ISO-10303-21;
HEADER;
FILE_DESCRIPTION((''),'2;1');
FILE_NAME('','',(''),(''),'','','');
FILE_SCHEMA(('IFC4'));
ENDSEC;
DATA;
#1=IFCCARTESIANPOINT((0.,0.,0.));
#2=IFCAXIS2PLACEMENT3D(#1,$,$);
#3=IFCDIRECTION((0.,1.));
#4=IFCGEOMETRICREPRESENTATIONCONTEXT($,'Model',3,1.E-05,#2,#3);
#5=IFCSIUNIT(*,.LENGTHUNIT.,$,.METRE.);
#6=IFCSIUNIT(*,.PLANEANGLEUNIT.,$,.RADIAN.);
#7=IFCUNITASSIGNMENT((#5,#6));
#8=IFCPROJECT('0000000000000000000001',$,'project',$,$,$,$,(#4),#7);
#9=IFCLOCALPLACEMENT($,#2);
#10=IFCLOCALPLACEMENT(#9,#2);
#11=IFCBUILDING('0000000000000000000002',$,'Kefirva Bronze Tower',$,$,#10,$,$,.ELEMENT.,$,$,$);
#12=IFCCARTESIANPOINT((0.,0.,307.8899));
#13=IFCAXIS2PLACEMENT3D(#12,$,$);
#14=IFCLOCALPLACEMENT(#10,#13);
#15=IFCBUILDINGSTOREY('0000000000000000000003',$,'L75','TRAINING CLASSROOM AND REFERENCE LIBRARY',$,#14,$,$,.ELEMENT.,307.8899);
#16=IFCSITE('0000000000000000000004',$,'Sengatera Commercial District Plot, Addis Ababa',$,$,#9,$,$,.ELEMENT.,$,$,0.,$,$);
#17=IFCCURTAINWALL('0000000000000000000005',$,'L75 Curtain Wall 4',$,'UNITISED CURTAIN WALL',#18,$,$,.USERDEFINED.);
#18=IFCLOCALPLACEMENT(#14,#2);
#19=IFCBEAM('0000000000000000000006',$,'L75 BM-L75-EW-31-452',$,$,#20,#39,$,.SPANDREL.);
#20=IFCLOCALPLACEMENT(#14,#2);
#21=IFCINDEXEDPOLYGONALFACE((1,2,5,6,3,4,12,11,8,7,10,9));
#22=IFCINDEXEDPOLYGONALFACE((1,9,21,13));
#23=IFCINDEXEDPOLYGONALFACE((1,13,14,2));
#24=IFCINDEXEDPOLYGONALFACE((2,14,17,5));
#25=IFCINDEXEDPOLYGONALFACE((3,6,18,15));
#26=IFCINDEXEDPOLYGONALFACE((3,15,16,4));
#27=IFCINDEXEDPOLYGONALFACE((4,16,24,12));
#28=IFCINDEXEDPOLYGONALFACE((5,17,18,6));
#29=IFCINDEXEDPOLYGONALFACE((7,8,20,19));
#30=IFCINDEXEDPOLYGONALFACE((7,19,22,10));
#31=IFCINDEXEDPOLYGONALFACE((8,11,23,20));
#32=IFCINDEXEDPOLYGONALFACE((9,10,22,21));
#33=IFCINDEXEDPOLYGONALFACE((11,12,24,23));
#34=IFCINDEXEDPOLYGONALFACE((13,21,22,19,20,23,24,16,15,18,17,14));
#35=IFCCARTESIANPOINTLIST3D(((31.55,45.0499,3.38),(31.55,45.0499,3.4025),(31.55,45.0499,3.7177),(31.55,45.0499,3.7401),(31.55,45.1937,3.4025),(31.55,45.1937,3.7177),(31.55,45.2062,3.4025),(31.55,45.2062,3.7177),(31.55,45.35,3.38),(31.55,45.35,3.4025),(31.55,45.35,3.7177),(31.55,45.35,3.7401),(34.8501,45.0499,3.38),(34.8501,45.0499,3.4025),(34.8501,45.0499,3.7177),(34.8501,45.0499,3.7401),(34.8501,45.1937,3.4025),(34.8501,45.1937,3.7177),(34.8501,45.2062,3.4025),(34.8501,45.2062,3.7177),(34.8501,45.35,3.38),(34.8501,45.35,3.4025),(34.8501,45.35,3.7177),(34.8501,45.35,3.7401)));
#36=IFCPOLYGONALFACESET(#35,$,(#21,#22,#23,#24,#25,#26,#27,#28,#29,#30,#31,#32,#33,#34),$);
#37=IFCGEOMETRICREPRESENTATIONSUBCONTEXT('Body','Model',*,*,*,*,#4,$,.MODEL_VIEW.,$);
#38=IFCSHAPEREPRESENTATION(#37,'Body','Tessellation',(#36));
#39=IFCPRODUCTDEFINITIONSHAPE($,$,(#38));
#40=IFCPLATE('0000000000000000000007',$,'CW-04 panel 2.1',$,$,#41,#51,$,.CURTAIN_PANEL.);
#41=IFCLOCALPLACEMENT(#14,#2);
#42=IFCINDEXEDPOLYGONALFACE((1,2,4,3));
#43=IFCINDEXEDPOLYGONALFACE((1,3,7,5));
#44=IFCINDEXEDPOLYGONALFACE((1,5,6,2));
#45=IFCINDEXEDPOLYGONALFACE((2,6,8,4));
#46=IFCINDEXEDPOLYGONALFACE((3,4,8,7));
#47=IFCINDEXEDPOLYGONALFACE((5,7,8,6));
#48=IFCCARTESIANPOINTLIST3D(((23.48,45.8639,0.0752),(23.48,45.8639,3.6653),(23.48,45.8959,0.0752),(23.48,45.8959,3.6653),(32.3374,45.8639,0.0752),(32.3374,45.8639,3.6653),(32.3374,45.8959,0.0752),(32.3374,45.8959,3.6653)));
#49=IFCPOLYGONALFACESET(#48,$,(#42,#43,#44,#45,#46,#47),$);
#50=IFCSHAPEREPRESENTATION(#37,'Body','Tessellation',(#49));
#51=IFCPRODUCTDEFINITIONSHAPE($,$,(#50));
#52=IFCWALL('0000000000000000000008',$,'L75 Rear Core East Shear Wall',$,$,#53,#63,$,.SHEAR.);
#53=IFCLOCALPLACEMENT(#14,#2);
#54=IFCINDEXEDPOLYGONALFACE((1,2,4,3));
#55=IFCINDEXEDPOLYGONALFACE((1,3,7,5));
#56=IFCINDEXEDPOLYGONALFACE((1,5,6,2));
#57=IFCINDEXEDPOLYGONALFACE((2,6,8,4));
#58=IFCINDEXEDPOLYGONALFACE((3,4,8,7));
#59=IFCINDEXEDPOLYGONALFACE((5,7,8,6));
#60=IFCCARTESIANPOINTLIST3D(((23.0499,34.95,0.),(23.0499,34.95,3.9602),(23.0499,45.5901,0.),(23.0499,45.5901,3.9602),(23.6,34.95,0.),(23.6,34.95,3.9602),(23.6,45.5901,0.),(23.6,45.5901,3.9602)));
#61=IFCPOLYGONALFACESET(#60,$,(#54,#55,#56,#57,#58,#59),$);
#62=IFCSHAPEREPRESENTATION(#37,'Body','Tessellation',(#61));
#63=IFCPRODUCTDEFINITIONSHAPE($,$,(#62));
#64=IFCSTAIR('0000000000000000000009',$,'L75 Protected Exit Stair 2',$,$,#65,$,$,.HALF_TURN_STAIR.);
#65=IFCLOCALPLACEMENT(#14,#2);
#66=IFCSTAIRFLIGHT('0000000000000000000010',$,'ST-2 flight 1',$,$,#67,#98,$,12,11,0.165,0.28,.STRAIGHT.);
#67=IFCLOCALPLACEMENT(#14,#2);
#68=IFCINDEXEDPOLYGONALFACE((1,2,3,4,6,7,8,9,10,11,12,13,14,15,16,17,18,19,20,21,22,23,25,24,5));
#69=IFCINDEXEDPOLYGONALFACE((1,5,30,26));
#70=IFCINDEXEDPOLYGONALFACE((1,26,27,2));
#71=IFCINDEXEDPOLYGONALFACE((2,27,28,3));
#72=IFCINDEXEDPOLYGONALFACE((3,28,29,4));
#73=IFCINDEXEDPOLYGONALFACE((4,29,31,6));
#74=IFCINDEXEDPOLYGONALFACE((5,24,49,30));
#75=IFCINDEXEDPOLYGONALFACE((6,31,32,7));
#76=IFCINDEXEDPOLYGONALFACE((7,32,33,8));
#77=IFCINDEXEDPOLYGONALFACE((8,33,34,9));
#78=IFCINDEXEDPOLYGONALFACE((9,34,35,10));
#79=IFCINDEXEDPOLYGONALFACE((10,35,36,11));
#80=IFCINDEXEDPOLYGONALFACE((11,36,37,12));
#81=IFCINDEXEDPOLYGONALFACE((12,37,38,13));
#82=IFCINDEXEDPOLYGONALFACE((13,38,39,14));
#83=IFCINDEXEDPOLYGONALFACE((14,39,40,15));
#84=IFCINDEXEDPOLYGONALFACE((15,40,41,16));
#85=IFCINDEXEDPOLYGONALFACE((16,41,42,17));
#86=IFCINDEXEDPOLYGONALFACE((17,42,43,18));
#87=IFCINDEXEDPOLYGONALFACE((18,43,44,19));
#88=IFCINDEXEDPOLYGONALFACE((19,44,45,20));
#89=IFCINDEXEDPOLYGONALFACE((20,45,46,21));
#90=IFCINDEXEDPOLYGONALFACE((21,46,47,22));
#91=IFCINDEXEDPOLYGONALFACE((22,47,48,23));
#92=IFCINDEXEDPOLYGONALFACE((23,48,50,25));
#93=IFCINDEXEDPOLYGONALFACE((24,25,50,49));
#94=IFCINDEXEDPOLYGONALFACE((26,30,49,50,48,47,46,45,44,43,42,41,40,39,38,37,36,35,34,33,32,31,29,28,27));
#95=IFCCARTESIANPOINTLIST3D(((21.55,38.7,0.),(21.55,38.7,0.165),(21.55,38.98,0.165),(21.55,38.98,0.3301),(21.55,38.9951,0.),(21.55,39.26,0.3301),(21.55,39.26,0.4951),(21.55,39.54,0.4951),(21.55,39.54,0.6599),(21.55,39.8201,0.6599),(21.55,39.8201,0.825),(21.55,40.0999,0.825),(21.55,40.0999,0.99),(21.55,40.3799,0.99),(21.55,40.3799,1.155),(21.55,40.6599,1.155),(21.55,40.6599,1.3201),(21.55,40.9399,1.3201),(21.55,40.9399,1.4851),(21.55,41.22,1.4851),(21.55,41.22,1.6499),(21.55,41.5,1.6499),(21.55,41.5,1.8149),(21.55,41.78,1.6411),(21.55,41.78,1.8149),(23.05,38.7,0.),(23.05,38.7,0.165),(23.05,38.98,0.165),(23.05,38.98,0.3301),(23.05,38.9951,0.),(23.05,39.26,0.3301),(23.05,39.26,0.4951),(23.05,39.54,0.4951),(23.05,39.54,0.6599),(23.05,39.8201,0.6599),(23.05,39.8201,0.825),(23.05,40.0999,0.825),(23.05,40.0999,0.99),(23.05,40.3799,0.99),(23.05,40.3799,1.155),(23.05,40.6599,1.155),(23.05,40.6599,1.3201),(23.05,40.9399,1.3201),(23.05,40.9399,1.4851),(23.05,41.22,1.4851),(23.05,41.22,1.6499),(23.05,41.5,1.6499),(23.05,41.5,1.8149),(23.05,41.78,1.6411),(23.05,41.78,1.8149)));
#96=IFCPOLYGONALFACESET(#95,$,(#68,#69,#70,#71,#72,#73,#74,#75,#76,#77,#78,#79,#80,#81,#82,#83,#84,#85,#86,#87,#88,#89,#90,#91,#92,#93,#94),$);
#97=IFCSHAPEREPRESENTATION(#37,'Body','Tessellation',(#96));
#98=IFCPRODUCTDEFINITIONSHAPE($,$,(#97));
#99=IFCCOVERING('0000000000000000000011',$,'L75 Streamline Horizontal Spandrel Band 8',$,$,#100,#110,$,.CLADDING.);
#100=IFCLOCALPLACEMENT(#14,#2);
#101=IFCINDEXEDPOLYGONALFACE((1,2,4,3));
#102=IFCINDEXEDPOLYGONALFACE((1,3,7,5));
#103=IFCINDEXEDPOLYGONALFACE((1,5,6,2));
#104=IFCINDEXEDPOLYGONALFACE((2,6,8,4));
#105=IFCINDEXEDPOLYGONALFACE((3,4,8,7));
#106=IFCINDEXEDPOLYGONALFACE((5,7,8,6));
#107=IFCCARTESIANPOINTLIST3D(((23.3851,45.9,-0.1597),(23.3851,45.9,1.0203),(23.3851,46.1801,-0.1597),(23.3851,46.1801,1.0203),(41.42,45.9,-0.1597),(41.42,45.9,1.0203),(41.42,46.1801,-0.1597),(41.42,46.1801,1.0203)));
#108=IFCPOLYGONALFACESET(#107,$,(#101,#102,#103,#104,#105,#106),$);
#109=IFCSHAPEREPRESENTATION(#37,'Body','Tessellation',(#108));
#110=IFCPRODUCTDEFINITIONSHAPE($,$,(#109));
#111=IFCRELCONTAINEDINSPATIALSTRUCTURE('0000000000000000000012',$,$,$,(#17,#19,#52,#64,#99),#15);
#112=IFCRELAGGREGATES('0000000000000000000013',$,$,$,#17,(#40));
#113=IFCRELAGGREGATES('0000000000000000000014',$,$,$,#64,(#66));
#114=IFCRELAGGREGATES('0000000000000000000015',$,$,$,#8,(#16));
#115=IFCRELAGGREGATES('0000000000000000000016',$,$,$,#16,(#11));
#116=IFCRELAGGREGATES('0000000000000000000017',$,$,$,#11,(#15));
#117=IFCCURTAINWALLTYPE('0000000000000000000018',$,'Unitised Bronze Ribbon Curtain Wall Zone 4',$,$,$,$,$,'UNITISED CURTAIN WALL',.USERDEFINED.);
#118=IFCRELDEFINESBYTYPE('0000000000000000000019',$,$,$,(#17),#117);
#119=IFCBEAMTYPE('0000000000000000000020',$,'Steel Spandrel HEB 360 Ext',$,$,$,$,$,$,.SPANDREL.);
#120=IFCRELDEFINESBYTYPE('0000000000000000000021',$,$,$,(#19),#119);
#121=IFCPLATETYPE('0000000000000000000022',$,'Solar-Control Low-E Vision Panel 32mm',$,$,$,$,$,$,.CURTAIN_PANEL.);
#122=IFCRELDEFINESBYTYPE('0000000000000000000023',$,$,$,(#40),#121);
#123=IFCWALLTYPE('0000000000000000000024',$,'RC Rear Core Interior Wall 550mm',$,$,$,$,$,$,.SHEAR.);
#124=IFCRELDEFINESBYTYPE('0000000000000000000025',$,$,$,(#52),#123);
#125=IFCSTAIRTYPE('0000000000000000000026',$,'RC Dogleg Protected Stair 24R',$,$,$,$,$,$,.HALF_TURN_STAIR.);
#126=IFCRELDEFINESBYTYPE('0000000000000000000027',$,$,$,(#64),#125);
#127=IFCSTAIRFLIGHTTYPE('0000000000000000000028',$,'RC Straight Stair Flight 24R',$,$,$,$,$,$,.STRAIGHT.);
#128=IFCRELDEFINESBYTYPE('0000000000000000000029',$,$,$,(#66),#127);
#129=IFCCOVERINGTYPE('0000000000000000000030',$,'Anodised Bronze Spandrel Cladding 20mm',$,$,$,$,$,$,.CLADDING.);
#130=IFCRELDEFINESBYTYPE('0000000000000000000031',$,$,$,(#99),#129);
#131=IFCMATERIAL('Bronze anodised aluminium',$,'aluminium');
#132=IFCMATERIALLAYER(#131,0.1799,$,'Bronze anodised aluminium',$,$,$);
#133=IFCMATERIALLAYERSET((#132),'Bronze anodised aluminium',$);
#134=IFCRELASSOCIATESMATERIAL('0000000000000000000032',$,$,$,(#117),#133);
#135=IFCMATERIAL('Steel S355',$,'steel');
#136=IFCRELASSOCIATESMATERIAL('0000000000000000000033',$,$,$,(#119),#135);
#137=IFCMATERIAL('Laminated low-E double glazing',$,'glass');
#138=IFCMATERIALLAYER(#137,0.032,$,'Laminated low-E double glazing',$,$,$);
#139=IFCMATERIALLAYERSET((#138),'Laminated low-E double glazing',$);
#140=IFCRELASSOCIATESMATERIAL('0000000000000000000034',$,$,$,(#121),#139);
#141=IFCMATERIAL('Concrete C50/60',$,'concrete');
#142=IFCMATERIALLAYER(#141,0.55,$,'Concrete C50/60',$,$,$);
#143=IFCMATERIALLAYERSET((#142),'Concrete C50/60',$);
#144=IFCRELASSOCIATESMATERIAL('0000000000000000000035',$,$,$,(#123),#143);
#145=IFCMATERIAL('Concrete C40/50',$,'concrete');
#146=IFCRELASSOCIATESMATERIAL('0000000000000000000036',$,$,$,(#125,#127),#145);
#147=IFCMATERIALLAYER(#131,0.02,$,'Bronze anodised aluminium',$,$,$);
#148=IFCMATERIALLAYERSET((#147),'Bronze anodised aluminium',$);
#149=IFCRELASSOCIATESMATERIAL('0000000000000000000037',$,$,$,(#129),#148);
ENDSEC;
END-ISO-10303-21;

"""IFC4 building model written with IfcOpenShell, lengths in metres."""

from ifc_helpers import new_model, si_unit, direction, frame, frame_2d, origin, origin_2d, place, context, subcontext, project, spatial, polyline, rectangle, i_section, outline, extrude, material, layer, layer_set, material_profile, profile_set, type_object, element, aggregate, save


model = new_model("IFC4")

# Units and contexts
model_context = context("Model", 3, precision=1e-05, world=origin(), true_north=direction((0.0, 1.0)))
body_context = subcontext(model_context, "Body", "Model", "MODEL_VIEW")
ifc_project = project(units=[si_unit("LENGTHUNIT", "METRE"), si_unit("PLANEANGLEUNIT", "RADIAN")], contexts=[model_context])

# Site, building, storey
site_placement = place(None, origin())
site = spatial("IfcSite", under=ifc_project, at=site_placement, Name="Sengatera Commercial District Plot, Addis Ababa", CompositionType="ELEMENT", RefElevation=0.0)
building_placement = place(site_placement, origin())
building = spatial("IfcBuilding", under=site, at=building_placement, Name="Kefirva Bronze Tower", CompositionType="ELEMENT")
storey_placement = place(building_placement, frame((0.0, 0.0, 307.8899)))
storey = spatial("IfcBuildingStorey", under=building, at=storey_placement, Name="L75", Description="TRAINING CLASSROOM AND REFERENCE LIBRARY", CompositionType="ELEMENT", Elevation=307.8899)

# Shared definitions
ifc_material_1 = material(Name="Concrete C50/60", Category="concrete")

# Curtain wall
ifc_material_2 = material(Name="Bronze anodised aluminium", Category="aluminium")
ifc_layer_1 = layer(ifc_material_2, 0.1799, Name="Bronze anodised aluminium")
ifc_layer_set_1 = layer_set([ifc_layer_1], Name="Bronze anodised aluminium")
curtain_wall_type = type_object("IfcCurtainWallType", Name="Unitised Bronze Ribbon Curtain Wall Zone 4", ElementType="UNITISED CURTAIN WALL", PredefinedType="USERDEFINED", material=ifc_layer_set_1)
curtain_wall_placement = place(storey_placement, origin())
curtain_wall = element("IfcCurtainWall", 1, at=curtain_wall_placement, inside=storey, type_object=curtain_wall_type, Name="L75 Curtain Wall 4", ObjectType="UNITISED CURTAIN WALL", PredefinedType="USERDEFINED")

# Beam
ifc_material_3 = material(Name="Steel S355", Category="steel")
ifc_material_profile_1 = material_profile(ifc_material_3, i_section(OverallWidth=0.3, OverallDepth=0.3601, WebThickness=0.0125, FlangeThickness=0.0225, at=origin_2d()), Name="HEB 360")
ifc_profile_set_1 = profile_set([ifc_material_profile_1], Name="Steel S355")
beam_type_1 = type_object("IfcBeamType", Name="Steel Spandrel HEB 360 Ext", PredefinedType="SPANDREL", material=ifc_profile_set_1)
beam_1_placement = place(storey_placement, frame((31.55, 45.2, 3.5601), z_axis=(1.0, 0.0, 0.0), x_axis=(0.0, 1.0, 0.0)))
element("IfcBeam", 2, at=beam_1_placement, inside=storey, type_object=beam_type_1, Name="L75 BM-L75-EW-31-452", PredefinedType="SPANDREL", context=body_context, shape_type="SweptSolid", body=[
    extrude(i_section(OverallWidth=0.3, OverallDepth=0.3601, WebThickness=0.0125, FlangeThickness=0.0225, at=origin_2d()), origin(), (0.0, 0.0, 1.0), 3.3),
])

# Plate
ifc_material_4 = material(Name="Laminated low-E double glazing", Category="glass")
ifc_layer_2 = layer(ifc_material_4, 0.032, Name="Laminated low-E double glazing")
ifc_layer_set_2 = layer_set([ifc_layer_2], Name="Laminated low-E double glazing")
plate_type = type_object("IfcPlateType", Name="Solar-Control Low-E Vision Panel 32mm", PredefinedType="CURTAIN_PANEL", material=ifc_layer_set_2)
plate_placement = place(storey_placement, frame((27.9087, 45.8799, 0.0752), z_axis=(0.0, 0.0, 1.0), x_axis=(-1.0, 0.0, 0.0)))
plate = element("IfcPlate", 3, at=plate_placement, type_object=plate_type, Name="CW-04 panel 2.1", PredefinedType="CURTAIN_PANEL", context=body_context, shape_type="SweptSolid", body=[
    extrude(rectangle(XDim=8.8574, YDim=0.032, at=origin_2d()), origin(), (0.0, 0.0, 1.0), 3.5901),
])
aggregate(curtain_wall, [plate])

# Wall
ifc_layer_3 = layer(ifc_material_1, 0.55, Name="Concrete C50/60")
ifc_layer_set_3 = layer_set([ifc_layer_3], Name="Concrete C50/60")
wall_type = type_object("IfcWallType", Name="RC Rear Core Interior Wall 550mm", PredefinedType="SHEAR", material=ifc_layer_set_3)
wall_placement = place(storey_placement, frame((23.325, 34.95, 0.0), z_axis=(0.0, 0.0, 1.0), x_axis=(0.0, 1.0, 0.0)))
element("IfcWall", 4, at=wall_placement, inside=storey, type_object=wall_type, Name="L75 Rear Core East Shear Wall", PredefinedType="SHEAR", context=body_context, shape_type="SweptSolid", body=[
    extrude(rectangle(XDim=10.6401, YDim=0.55, at=frame_2d((5.3201, 0.0))), origin(), (0.0, 0.0, 1.0), 3.9602),
])

# Stair, stair flight
ifc_material_5 = material(Name="Concrete C40/50", Category="concrete")
stair_type = type_object("IfcStairType", Name="RC Dogleg Protected Stair 24R", PredefinedType="HALF_TURN_STAIR", material=ifc_material_5)
stair_placement = place(storey_placement, origin())
stair = element("IfcStair", 5, at=stair_placement, inside=storey, type_object=stair_type, Name="L75 Protected Exit Stair 2", PredefinedType="HALF_TURN_STAIR")
stair_flight_type = type_object("IfcStairFlightType", Name="RC Straight Stair Flight 24R", PredefinedType="STRAIGHT", material=ifc_material_5)
stair_flight_placement = place(storey_placement, frame((22.3, 38.7, 0.0), z_axis=(0.0, 0.0, 1.0), x_axis=(0.0, 1.0, 0.0)))
stair_flight = element("IfcStairFlight", 6, at=stair_flight_placement, type_object=stair_flight_type, Name="ST-2 flight 1", NumberOfRisers=12, NumberOfTreads=11, PredefinedType="STRAIGHT", RiserHeight=0.165, TreadLength=0.28, context=body_context, shape_type="SweptSolid", body=[
    extrude(outline(polyline([(0.0, 0.0), (0.0, 0.165), (0.28, 0.165), (0.28, 0.3301), (0.5601, 0.3301), (0.5601, 0.4951), (0.8401, 0.4951), (0.8401, 0.6599), (1.1201, 0.6599), (1.1201, 0.825), (1.3999, 0.825), (1.3999, 0.99), (1.6799, 0.99), (1.6799, 1.155), (1.96, 1.155), (1.96, 1.3201), (2.24, 1.3201), (2.24, 1.4851), (2.52, 1.4851), (2.52, 1.6499), (2.8, 1.6499), (2.8, 1.8149), (3.0801, 1.8149), (3.0801, 1.98), (3.0801, 1.6411), (0.2952, 0.0), (0.0, 0.0)])), frame((0.0, 0.75, 0.0), z_axis=(0.0, -1.0, 0.0), x_axis=(1.0, 0.0, 0.0)), (0.0, 0.0, 1.0), 1.5),
])
aggregate(stair, [stair_flight])

# Covering
ifc_layer_4 = layer(ifc_material_2, 0.02, Name="Bronze anodised aluminium")
ifc_layer_set_4 = layer_set([ifc_layer_4], Name="Bronze anodised aluminium")
covering_type_1 = type_object("IfcCoveringType", Name="Anodised Bronze Spandrel Cladding 20mm", PredefinedType="CLADDING", material=ifc_layer_set_4)
covering_1_placement = place(storey_placement, frame((32.4026, 46.04, -0.1597), z_axis=(0.0, 0.0, 1.0), x_axis=(-1.0, 0.0, 0.0)))
element("IfcCovering", 7, at=covering_1_placement, inside=storey, type_object=covering_type_1, Name="L75 Streamline Horizontal Spandrel Band 8", PredefinedType="CLADDING", context=body_context, shape_type="SweptSolid", body=[
    extrude(rectangle(XDim=18.0349, YDim=0.28, at=origin_2d()), origin(), (0.0, 0.0, 1.0), 1.1799),
])

save(model, "model.ifc")
